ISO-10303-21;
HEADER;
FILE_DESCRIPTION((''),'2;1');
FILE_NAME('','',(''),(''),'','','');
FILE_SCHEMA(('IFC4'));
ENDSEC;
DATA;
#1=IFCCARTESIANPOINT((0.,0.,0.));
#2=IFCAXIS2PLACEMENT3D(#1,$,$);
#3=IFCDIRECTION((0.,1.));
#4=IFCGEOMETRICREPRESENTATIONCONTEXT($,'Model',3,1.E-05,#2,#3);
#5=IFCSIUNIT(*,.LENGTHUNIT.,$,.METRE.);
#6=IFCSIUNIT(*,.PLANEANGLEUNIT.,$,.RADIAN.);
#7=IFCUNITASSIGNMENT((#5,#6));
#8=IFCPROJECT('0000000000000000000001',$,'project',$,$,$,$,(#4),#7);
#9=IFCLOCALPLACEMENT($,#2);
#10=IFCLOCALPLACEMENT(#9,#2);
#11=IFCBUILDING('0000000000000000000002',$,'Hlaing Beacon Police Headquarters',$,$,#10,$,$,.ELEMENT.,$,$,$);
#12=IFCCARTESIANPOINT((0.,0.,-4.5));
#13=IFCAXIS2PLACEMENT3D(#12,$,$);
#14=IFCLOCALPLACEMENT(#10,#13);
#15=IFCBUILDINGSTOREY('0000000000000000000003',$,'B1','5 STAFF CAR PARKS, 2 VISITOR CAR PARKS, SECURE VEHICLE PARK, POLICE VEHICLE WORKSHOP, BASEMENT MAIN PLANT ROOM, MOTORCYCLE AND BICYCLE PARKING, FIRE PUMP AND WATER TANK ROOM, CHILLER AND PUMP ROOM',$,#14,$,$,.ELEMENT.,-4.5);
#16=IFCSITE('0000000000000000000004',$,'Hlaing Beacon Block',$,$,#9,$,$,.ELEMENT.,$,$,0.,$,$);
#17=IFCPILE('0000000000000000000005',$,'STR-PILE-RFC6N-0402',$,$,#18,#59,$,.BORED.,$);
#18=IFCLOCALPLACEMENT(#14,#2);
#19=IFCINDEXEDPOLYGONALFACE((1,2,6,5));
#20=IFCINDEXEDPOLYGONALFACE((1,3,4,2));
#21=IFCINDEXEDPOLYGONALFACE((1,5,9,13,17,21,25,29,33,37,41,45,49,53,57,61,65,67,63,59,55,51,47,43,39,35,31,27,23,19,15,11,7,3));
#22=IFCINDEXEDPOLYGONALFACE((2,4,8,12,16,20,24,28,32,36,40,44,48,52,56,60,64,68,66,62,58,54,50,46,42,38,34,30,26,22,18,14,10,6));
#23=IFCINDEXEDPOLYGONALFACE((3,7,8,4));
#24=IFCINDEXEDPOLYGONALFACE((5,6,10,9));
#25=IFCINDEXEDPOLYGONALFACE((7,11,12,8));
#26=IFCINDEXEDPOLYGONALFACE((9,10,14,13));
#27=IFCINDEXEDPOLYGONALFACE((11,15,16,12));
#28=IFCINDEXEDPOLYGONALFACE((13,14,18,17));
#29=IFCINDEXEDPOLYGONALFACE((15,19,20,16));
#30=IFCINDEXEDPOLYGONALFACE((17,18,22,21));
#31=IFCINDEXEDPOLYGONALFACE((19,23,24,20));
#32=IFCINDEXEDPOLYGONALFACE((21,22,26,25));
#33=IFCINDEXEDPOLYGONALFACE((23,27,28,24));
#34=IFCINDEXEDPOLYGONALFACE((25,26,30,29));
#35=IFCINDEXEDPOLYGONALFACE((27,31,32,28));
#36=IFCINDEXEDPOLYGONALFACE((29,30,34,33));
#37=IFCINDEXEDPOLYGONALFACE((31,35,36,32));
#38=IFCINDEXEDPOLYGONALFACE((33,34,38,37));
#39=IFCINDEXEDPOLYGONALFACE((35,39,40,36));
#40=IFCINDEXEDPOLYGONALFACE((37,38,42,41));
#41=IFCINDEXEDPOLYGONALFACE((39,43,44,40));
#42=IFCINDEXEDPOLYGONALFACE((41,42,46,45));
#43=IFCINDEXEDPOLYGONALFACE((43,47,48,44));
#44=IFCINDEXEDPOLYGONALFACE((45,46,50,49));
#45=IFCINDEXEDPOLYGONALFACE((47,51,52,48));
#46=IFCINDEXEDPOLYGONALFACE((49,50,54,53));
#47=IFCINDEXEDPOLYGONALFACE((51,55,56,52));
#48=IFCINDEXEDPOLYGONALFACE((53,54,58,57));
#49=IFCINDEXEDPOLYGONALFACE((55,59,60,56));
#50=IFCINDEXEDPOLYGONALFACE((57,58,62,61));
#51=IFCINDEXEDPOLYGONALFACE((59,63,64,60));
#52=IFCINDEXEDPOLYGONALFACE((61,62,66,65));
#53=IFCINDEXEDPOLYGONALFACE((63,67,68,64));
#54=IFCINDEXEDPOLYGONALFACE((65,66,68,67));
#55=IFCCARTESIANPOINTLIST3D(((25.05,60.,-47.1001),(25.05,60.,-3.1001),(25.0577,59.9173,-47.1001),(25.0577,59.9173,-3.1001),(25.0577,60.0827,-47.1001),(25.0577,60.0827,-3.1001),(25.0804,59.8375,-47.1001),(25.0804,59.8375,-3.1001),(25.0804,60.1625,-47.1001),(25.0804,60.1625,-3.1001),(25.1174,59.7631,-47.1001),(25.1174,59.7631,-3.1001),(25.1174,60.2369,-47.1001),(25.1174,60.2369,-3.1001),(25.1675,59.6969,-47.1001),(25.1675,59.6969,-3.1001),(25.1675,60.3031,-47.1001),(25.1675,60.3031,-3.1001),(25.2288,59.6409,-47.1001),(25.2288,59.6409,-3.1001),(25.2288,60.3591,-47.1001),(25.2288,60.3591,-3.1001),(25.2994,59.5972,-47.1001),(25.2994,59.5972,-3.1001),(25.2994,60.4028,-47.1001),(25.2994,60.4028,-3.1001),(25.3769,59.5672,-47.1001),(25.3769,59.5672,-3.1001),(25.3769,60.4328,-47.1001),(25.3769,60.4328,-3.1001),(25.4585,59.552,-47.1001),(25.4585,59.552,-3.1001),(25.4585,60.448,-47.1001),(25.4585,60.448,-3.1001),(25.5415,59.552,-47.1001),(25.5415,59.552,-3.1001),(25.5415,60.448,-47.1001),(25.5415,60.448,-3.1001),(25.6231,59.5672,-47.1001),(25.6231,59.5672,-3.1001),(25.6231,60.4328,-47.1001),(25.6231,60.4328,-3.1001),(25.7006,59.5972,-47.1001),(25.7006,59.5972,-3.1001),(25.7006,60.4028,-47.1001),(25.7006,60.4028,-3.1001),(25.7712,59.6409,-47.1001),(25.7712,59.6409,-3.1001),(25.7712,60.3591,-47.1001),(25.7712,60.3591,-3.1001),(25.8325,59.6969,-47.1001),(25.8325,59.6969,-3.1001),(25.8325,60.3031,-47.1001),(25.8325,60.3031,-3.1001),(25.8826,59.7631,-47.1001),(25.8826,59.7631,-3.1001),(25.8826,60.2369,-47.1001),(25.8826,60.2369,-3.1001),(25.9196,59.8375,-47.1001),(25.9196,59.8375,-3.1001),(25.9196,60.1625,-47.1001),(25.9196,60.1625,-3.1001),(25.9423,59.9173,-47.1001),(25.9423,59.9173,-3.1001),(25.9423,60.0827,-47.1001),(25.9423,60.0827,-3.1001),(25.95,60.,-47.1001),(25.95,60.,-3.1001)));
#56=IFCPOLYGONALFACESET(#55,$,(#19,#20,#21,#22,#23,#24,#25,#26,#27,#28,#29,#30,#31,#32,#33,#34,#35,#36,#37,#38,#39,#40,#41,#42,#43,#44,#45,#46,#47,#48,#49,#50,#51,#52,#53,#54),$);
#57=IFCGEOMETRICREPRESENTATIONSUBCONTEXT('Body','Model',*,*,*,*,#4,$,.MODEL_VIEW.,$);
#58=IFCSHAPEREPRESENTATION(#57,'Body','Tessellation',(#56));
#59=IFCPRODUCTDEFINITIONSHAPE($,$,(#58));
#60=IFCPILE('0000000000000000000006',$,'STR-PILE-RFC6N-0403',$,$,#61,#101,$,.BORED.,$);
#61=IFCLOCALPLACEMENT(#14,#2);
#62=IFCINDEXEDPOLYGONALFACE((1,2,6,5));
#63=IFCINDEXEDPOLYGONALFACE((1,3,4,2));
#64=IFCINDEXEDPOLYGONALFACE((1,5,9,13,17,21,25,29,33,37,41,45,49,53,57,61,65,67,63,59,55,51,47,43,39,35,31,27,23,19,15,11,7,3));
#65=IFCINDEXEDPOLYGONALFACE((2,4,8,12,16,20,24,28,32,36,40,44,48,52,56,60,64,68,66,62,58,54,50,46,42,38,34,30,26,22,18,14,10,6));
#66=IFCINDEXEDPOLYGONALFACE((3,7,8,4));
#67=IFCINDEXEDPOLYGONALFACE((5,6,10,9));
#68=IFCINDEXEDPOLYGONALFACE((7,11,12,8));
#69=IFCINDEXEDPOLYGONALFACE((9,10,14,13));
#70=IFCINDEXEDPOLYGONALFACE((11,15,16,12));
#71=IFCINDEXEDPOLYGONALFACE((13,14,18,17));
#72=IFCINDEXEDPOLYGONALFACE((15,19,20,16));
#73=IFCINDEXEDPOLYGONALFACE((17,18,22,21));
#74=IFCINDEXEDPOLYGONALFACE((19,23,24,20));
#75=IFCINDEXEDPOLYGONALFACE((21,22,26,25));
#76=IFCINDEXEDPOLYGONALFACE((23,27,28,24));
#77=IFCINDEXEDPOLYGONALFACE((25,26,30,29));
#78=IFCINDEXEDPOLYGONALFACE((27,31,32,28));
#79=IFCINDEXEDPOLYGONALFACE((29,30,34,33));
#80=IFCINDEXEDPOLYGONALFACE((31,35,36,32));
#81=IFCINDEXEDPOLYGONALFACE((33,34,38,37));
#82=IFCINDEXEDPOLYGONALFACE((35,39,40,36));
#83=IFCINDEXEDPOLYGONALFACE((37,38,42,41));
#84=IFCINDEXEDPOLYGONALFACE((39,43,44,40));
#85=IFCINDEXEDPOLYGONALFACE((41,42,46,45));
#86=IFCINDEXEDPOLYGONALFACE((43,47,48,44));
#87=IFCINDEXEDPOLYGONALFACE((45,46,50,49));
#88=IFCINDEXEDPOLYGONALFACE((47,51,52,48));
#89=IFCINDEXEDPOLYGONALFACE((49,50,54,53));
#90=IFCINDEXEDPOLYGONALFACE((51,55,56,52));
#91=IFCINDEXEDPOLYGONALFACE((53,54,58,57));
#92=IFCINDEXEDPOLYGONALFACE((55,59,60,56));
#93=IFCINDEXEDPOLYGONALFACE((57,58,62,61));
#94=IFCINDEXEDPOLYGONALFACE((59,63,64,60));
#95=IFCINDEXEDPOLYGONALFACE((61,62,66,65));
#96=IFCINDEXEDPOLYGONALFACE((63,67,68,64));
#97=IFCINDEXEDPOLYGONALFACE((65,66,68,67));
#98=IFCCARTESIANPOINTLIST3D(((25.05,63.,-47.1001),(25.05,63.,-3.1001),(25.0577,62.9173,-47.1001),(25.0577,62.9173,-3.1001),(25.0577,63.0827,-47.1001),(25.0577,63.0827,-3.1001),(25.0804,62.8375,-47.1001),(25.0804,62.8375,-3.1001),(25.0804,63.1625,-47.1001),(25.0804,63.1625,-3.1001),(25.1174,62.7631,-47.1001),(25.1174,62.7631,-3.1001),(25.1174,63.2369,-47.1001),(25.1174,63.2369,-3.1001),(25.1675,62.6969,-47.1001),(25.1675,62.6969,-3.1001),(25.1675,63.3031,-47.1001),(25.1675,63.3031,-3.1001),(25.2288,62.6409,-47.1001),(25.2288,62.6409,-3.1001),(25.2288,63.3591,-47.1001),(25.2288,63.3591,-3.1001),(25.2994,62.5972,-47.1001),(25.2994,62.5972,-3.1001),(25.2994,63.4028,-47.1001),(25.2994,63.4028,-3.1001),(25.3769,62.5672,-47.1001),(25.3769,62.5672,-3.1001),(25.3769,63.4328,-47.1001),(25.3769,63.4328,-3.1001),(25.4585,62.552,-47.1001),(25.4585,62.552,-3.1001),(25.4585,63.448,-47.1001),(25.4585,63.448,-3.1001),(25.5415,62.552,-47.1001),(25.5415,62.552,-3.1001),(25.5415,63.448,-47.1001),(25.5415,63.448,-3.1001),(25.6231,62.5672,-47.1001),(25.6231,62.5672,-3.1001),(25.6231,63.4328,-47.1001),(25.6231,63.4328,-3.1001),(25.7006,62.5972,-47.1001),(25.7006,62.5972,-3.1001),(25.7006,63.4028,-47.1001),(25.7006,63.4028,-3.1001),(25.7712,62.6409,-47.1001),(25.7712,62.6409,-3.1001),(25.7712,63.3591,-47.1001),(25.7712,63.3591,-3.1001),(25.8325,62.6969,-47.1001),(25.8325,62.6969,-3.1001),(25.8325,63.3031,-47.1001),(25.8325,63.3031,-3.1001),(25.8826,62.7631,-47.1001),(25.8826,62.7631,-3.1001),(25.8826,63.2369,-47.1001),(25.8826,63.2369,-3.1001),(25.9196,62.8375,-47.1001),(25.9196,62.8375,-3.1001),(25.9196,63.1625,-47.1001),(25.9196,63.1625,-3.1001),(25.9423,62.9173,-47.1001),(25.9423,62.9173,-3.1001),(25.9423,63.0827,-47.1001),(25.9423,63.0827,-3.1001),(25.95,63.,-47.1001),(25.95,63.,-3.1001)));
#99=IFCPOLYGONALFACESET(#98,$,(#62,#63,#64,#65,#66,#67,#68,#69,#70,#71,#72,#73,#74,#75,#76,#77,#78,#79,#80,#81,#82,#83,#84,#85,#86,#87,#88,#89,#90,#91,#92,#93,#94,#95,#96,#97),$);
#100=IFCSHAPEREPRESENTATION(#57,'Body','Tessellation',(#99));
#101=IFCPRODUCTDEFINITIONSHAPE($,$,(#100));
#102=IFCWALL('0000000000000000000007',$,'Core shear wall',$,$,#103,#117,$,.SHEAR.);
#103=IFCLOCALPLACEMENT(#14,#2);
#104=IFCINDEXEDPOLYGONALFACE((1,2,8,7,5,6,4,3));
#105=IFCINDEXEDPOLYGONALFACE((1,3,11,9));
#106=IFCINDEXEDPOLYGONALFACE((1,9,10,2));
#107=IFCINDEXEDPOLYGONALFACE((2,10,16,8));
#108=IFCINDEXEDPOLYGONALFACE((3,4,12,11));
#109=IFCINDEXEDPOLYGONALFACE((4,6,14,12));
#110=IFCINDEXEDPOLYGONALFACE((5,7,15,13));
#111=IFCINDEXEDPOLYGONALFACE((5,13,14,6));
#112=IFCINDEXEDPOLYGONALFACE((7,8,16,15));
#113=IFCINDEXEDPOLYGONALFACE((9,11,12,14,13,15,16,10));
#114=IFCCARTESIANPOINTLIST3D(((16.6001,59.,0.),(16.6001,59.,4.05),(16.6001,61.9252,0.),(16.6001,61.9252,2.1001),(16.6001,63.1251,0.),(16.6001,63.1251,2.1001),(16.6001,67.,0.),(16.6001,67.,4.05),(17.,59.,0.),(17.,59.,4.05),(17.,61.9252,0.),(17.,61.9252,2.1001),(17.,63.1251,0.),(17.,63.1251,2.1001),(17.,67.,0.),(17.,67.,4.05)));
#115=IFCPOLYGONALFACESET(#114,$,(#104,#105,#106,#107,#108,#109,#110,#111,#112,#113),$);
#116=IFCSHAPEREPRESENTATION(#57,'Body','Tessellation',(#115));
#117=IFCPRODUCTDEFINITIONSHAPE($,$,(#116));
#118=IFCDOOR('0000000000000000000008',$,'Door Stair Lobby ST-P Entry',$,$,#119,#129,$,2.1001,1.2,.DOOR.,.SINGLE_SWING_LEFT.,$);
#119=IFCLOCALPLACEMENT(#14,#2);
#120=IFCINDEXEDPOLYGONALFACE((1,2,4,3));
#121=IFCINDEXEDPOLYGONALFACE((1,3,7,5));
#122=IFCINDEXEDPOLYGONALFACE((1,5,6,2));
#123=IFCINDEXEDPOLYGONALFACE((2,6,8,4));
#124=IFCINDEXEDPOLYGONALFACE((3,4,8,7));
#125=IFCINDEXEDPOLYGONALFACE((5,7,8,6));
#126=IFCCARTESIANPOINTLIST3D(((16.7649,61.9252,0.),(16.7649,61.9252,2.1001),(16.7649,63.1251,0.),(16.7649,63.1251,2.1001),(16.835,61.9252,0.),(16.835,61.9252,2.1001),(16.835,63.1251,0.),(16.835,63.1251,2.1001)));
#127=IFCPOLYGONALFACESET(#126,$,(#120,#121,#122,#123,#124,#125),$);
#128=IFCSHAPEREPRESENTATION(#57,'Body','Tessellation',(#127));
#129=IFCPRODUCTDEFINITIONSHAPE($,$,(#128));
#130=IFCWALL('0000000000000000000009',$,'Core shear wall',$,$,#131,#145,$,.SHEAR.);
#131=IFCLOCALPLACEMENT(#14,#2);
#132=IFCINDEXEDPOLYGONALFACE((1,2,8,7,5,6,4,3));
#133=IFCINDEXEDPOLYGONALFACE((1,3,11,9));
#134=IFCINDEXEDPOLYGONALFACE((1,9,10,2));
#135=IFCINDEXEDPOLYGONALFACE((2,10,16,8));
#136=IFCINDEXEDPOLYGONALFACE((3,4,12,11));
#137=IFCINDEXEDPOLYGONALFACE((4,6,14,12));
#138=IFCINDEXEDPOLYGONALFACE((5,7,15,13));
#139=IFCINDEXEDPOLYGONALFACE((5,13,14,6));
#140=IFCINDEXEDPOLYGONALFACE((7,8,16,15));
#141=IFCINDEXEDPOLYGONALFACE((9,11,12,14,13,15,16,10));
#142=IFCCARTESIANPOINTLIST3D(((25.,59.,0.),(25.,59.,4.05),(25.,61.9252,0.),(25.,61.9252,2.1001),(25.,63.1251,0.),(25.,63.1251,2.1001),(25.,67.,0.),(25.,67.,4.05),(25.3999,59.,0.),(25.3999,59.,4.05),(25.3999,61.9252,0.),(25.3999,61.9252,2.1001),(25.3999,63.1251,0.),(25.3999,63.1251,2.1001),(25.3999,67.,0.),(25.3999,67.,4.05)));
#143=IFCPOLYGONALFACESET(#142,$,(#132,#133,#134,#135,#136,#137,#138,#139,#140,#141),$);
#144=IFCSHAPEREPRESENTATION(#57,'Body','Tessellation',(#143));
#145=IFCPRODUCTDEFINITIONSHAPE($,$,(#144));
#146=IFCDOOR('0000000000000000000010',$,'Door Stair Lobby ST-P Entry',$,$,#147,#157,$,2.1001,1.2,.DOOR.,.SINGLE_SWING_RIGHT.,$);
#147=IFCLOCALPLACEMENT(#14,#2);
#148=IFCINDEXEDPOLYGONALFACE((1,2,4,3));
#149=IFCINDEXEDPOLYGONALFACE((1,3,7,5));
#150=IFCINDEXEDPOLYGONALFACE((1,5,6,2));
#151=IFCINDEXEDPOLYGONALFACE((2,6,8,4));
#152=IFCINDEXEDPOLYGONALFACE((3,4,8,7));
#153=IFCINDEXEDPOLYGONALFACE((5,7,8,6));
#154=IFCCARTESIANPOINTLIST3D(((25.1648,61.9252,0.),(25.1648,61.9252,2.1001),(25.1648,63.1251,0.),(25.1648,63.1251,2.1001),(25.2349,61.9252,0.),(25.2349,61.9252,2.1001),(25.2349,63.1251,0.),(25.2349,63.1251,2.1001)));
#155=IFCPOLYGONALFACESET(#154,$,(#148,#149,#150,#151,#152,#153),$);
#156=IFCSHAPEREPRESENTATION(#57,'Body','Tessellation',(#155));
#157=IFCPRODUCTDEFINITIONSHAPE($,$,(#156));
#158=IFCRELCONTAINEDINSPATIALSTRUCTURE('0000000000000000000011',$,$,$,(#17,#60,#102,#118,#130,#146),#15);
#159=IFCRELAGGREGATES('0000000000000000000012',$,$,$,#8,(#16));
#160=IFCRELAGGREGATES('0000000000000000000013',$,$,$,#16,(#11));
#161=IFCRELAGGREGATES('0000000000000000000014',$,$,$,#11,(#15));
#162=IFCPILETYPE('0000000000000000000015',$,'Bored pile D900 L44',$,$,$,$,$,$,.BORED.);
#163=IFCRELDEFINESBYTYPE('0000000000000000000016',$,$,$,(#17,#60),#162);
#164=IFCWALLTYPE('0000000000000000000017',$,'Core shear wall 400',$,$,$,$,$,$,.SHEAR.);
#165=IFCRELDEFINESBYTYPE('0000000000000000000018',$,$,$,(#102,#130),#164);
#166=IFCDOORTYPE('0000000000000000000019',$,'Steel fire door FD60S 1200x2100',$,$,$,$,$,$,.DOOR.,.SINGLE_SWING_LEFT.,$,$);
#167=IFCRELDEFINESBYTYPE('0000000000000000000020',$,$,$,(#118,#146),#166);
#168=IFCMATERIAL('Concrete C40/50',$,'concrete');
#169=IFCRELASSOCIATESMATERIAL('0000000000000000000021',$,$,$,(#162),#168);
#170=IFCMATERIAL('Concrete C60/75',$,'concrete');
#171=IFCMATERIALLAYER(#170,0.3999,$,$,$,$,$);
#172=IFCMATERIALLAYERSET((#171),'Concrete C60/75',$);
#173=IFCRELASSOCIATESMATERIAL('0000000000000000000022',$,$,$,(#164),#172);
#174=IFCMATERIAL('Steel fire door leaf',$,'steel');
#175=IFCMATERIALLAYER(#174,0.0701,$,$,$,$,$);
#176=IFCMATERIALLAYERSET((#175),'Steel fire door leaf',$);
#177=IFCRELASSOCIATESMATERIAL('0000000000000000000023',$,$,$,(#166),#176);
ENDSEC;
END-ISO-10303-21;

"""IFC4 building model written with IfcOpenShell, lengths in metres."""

from ifc_helpers import new_model, si_unit, direction, frame, frame_2d, origin, origin_2d, place, context, subcontext, project, spatial, rectangle, circle, extrude, material, layer, layer_set, material_profile, profile_set, type_object, element, fill, save


model = new_model("IFC4")

# Units and contexts
model_context = context("Model", 3, precision=1e-05, world=origin(), true_north=direction((0.0, 1.0)))
body_context = subcontext(model_context, "Body", "Model", "MODEL_VIEW")
ifc_project = project(units=[si_unit("LENGTHUNIT", "METRE"), si_unit("PLANEANGLEUNIT", "RADIAN")], contexts=[model_context])

# Site, building, storey
site_placement = place(None, origin())
site = spatial("IfcSite", under=ifc_project, at=site_placement, Name="Hlaing Beacon Block", CompositionType="ELEMENT", RefElevation=0.0)
building_placement = place(site_placement, origin())
building = spatial("IfcBuilding", under=site, at=building_placement, Name="Hlaing Beacon Police Headquarters", CompositionType="ELEMENT")
storey_placement = place(building_placement, frame((0.0, 0.0, -4.5)))
storey = spatial("IfcBuildingStorey", under=building, at=storey_placement, Name="B1", Description="5 STAFF CAR PARKS, 2 VISITOR CAR PARKS, SECURE VEHICLE PARK, POLICE VEHICLE WORKSHOP, BASEMENT MAIN PLANT ROOM, MOTORCYCLE AND BICYCLE PARKING, FIRE PUMP AND WATER TANK ROOM, CHILLER AND PUMP ROOM", CompositionType="ELEMENT", Elevation=-4.5)

# Piles
ifc_material_1 = material(Name="Concrete C40/50", Category="concrete")
ifc_material_profile = material_profile(ifc_material_1, circle(Radius=0.45, at=origin_2d()), Name="D900")
ifc_profile_set = profile_set([ifc_material_profile], Name="Concrete C40/50")
pile_type = type_object("IfcPileType", Name="Bored pile D900 L44", PredefinedType="BORED", material=ifc_profile_set)
for number, where, z_axis, x_axis, name in (
    (1, (25.5, 60.0, -3.1001), (0.0, 0.0, -1.0), (1.0, 0.0, 0.0), "STR-PILE-RFC6N-0402"),
    (2, (25.5, 63.0, -3.1001), (0.0, 0.0, -1.0), (1.0, 0.0, 0.0), "STR-PILE-RFC6N-0403"),
):
    element("IfcPile", number, at=place(storey_placement, frame(where, z_axis=z_axis, x_axis=x_axis)), inside=storey, type_object=pile_type, Name=name, PredefinedType="BORED", context=body_context, shape_type="SweptSolid", body=[
        extrude(circle(Radius=0.45, at=origin_2d()), origin(), (0.0, 0.0, 1.0), 44.0),
    ])

# Walls, openings, doors
ifc_material_2 = material(Name="Concrete C60/75", Category="concrete")
ifc_layer_1 = layer(ifc_material_2, 0.3999)
ifc_layer_set_1 = layer_set([ifc_layer_1], Name="Concrete C60/75")
wall_type_1 = type_object("IfcWallType", Name="Core shear wall 400", PredefinedType="SHEAR", material=ifc_layer_set_1)
wall_1_placement = place(storey_placement, frame((16.8, 59.0, 0.0), z_axis=(0.0, 0.0, 1.0), x_axis=(0.0, 1.0, 0.0)))
wall_1 = element("IfcWall", 3, at=wall_1_placement, inside=storey, type_object=wall_type_1, Name="Core shear wall", PredefinedType="SHEAR", context=body_context, shape_type="SweptSolid", body=[
    extrude(rectangle(XDim=8.0, YDim=0.3999, at=frame_2d((4.0, 0.0))), origin(), (0.0, 0.0, 1.0), 4.05),
])
opening_1_placement = place(wall_1_placement, frame((2.925, 0.0, 0.0)))
opening_1 = element("IfcOpeningElement", 4, at=opening_1_placement, cuts=wall_1, PredefinedType="OPENING", context=body_context, shape_type="SweptSolid", body=[
    extrude(rectangle(XDim=1.2, YDim=2.1001, at=frame_2d((0.6001, 1.05))), frame((0.0, 0.21, 0.0), z_axis=(0.0, -1.0, 0.0), x_axis=(1.0, 0.0, 0.0)), (0.0, 0.0, 1.0), 0.4199),
])
ifc_material_3 = material(Name="Steel fire door leaf", Category="steel")
ifc_layer_2 = layer(ifc_material_3, 0.0701)
ifc_layer_set_2 = layer_set([ifc_layer_2], Name="Steel fire door leaf")
door_type_1 = type_object("IfcDoorType", Name="Steel fire door FD60S 1200x2100", OperationType="SINGLE_SWING_LEFT", PredefinedType="DOOR", material=ifc_layer_set_2)
door_1_placement = place(opening_1_placement, frame((1.2, 0.0, 0.0), z_axis=(0.0, 0.0, 1.0), x_axis=(-1.0, 0.0, 0.0)))
door_1 = element("IfcDoor", 5, at=door_1_placement, inside=storey, type_object=door_type_1, Name="Door Stair Lobby ST-P Entry", OperationType="SINGLE_SWING_LEFT", OverallHeight=2.1001, OverallWidth=1.2, PredefinedType="DOOR", context=body_context, shape_type="SweptSolid", body=[
    extrude(rectangle(XDim=1.2, YDim=2.1001, at=frame_2d((0.5999, 1.05))), frame((0.0, 0.0349, 0.0), z_axis=(0.0, -1.0, 0.0), x_axis=(1.0, 0.0, 0.0)), (0.0, 0.0, 1.0), 0.0701),
])
fill(opening_1, door_1)
wall_2_placement = place(storey_placement, frame((25.2, 59.0, 0.0), z_axis=(0.0, 0.0, 1.0), x_axis=(0.0, 1.0, 0.0)))
wall_2 = element("IfcWall", 6, at=wall_2_placement, inside=storey, type_object=wall_type_1, Name="Core shear wall", PredefinedType="SHEAR", context=body_context, shape_type="SweptSolid", body=[
    extrude(rectangle(XDim=8.0, YDim=0.3999, at=frame_2d((4.0, 0.0))), origin(), (0.0, 0.0, 1.0), 4.05),
])
opening_2_placement = place(wall_2_placement, frame((2.925, 0.0, 0.0)))
opening_2 = element("IfcOpeningElement", 7, at=opening_2_placement, cuts=wall_2, PredefinedType="OPENING", context=body_context, shape_type="SweptSolid", body=[
    extrude(rectangle(XDim=1.2, YDim=2.1001, at=frame_2d((0.6001, 1.05))), frame((0.0, 0.21, 0.0), z_axis=(0.0, -1.0, 0.0), x_axis=(1.0, 0.0, 0.0)), (0.0, 0.0, 1.0), 0.4199),
])
door_2_placement = place(opening_2_placement, origin())
door_2 = element("IfcDoor", 8, at=door_2_placement, inside=storey, type_object=door_type_1, Name="Door Stair Lobby ST-P Entry", OperationType="SINGLE_SWING_RIGHT", OverallHeight=2.1001, OverallWidth=1.2, PredefinedType="DOOR", context=body_context, shape_type="SweptSolid", body=[
    extrude(rectangle(XDim=1.2, YDim=2.1001, at=frame_2d((0.6001, 1.05))), frame((0.0, 0.0352, 0.0), z_axis=(0.0, -1.0, 0.0), x_axis=(1.0, 0.0, 0.0)), (0.0, 0.0, 1.0), 0.0701),
])
fill(opening_2, door_2)

save(model, "model.ifc")
